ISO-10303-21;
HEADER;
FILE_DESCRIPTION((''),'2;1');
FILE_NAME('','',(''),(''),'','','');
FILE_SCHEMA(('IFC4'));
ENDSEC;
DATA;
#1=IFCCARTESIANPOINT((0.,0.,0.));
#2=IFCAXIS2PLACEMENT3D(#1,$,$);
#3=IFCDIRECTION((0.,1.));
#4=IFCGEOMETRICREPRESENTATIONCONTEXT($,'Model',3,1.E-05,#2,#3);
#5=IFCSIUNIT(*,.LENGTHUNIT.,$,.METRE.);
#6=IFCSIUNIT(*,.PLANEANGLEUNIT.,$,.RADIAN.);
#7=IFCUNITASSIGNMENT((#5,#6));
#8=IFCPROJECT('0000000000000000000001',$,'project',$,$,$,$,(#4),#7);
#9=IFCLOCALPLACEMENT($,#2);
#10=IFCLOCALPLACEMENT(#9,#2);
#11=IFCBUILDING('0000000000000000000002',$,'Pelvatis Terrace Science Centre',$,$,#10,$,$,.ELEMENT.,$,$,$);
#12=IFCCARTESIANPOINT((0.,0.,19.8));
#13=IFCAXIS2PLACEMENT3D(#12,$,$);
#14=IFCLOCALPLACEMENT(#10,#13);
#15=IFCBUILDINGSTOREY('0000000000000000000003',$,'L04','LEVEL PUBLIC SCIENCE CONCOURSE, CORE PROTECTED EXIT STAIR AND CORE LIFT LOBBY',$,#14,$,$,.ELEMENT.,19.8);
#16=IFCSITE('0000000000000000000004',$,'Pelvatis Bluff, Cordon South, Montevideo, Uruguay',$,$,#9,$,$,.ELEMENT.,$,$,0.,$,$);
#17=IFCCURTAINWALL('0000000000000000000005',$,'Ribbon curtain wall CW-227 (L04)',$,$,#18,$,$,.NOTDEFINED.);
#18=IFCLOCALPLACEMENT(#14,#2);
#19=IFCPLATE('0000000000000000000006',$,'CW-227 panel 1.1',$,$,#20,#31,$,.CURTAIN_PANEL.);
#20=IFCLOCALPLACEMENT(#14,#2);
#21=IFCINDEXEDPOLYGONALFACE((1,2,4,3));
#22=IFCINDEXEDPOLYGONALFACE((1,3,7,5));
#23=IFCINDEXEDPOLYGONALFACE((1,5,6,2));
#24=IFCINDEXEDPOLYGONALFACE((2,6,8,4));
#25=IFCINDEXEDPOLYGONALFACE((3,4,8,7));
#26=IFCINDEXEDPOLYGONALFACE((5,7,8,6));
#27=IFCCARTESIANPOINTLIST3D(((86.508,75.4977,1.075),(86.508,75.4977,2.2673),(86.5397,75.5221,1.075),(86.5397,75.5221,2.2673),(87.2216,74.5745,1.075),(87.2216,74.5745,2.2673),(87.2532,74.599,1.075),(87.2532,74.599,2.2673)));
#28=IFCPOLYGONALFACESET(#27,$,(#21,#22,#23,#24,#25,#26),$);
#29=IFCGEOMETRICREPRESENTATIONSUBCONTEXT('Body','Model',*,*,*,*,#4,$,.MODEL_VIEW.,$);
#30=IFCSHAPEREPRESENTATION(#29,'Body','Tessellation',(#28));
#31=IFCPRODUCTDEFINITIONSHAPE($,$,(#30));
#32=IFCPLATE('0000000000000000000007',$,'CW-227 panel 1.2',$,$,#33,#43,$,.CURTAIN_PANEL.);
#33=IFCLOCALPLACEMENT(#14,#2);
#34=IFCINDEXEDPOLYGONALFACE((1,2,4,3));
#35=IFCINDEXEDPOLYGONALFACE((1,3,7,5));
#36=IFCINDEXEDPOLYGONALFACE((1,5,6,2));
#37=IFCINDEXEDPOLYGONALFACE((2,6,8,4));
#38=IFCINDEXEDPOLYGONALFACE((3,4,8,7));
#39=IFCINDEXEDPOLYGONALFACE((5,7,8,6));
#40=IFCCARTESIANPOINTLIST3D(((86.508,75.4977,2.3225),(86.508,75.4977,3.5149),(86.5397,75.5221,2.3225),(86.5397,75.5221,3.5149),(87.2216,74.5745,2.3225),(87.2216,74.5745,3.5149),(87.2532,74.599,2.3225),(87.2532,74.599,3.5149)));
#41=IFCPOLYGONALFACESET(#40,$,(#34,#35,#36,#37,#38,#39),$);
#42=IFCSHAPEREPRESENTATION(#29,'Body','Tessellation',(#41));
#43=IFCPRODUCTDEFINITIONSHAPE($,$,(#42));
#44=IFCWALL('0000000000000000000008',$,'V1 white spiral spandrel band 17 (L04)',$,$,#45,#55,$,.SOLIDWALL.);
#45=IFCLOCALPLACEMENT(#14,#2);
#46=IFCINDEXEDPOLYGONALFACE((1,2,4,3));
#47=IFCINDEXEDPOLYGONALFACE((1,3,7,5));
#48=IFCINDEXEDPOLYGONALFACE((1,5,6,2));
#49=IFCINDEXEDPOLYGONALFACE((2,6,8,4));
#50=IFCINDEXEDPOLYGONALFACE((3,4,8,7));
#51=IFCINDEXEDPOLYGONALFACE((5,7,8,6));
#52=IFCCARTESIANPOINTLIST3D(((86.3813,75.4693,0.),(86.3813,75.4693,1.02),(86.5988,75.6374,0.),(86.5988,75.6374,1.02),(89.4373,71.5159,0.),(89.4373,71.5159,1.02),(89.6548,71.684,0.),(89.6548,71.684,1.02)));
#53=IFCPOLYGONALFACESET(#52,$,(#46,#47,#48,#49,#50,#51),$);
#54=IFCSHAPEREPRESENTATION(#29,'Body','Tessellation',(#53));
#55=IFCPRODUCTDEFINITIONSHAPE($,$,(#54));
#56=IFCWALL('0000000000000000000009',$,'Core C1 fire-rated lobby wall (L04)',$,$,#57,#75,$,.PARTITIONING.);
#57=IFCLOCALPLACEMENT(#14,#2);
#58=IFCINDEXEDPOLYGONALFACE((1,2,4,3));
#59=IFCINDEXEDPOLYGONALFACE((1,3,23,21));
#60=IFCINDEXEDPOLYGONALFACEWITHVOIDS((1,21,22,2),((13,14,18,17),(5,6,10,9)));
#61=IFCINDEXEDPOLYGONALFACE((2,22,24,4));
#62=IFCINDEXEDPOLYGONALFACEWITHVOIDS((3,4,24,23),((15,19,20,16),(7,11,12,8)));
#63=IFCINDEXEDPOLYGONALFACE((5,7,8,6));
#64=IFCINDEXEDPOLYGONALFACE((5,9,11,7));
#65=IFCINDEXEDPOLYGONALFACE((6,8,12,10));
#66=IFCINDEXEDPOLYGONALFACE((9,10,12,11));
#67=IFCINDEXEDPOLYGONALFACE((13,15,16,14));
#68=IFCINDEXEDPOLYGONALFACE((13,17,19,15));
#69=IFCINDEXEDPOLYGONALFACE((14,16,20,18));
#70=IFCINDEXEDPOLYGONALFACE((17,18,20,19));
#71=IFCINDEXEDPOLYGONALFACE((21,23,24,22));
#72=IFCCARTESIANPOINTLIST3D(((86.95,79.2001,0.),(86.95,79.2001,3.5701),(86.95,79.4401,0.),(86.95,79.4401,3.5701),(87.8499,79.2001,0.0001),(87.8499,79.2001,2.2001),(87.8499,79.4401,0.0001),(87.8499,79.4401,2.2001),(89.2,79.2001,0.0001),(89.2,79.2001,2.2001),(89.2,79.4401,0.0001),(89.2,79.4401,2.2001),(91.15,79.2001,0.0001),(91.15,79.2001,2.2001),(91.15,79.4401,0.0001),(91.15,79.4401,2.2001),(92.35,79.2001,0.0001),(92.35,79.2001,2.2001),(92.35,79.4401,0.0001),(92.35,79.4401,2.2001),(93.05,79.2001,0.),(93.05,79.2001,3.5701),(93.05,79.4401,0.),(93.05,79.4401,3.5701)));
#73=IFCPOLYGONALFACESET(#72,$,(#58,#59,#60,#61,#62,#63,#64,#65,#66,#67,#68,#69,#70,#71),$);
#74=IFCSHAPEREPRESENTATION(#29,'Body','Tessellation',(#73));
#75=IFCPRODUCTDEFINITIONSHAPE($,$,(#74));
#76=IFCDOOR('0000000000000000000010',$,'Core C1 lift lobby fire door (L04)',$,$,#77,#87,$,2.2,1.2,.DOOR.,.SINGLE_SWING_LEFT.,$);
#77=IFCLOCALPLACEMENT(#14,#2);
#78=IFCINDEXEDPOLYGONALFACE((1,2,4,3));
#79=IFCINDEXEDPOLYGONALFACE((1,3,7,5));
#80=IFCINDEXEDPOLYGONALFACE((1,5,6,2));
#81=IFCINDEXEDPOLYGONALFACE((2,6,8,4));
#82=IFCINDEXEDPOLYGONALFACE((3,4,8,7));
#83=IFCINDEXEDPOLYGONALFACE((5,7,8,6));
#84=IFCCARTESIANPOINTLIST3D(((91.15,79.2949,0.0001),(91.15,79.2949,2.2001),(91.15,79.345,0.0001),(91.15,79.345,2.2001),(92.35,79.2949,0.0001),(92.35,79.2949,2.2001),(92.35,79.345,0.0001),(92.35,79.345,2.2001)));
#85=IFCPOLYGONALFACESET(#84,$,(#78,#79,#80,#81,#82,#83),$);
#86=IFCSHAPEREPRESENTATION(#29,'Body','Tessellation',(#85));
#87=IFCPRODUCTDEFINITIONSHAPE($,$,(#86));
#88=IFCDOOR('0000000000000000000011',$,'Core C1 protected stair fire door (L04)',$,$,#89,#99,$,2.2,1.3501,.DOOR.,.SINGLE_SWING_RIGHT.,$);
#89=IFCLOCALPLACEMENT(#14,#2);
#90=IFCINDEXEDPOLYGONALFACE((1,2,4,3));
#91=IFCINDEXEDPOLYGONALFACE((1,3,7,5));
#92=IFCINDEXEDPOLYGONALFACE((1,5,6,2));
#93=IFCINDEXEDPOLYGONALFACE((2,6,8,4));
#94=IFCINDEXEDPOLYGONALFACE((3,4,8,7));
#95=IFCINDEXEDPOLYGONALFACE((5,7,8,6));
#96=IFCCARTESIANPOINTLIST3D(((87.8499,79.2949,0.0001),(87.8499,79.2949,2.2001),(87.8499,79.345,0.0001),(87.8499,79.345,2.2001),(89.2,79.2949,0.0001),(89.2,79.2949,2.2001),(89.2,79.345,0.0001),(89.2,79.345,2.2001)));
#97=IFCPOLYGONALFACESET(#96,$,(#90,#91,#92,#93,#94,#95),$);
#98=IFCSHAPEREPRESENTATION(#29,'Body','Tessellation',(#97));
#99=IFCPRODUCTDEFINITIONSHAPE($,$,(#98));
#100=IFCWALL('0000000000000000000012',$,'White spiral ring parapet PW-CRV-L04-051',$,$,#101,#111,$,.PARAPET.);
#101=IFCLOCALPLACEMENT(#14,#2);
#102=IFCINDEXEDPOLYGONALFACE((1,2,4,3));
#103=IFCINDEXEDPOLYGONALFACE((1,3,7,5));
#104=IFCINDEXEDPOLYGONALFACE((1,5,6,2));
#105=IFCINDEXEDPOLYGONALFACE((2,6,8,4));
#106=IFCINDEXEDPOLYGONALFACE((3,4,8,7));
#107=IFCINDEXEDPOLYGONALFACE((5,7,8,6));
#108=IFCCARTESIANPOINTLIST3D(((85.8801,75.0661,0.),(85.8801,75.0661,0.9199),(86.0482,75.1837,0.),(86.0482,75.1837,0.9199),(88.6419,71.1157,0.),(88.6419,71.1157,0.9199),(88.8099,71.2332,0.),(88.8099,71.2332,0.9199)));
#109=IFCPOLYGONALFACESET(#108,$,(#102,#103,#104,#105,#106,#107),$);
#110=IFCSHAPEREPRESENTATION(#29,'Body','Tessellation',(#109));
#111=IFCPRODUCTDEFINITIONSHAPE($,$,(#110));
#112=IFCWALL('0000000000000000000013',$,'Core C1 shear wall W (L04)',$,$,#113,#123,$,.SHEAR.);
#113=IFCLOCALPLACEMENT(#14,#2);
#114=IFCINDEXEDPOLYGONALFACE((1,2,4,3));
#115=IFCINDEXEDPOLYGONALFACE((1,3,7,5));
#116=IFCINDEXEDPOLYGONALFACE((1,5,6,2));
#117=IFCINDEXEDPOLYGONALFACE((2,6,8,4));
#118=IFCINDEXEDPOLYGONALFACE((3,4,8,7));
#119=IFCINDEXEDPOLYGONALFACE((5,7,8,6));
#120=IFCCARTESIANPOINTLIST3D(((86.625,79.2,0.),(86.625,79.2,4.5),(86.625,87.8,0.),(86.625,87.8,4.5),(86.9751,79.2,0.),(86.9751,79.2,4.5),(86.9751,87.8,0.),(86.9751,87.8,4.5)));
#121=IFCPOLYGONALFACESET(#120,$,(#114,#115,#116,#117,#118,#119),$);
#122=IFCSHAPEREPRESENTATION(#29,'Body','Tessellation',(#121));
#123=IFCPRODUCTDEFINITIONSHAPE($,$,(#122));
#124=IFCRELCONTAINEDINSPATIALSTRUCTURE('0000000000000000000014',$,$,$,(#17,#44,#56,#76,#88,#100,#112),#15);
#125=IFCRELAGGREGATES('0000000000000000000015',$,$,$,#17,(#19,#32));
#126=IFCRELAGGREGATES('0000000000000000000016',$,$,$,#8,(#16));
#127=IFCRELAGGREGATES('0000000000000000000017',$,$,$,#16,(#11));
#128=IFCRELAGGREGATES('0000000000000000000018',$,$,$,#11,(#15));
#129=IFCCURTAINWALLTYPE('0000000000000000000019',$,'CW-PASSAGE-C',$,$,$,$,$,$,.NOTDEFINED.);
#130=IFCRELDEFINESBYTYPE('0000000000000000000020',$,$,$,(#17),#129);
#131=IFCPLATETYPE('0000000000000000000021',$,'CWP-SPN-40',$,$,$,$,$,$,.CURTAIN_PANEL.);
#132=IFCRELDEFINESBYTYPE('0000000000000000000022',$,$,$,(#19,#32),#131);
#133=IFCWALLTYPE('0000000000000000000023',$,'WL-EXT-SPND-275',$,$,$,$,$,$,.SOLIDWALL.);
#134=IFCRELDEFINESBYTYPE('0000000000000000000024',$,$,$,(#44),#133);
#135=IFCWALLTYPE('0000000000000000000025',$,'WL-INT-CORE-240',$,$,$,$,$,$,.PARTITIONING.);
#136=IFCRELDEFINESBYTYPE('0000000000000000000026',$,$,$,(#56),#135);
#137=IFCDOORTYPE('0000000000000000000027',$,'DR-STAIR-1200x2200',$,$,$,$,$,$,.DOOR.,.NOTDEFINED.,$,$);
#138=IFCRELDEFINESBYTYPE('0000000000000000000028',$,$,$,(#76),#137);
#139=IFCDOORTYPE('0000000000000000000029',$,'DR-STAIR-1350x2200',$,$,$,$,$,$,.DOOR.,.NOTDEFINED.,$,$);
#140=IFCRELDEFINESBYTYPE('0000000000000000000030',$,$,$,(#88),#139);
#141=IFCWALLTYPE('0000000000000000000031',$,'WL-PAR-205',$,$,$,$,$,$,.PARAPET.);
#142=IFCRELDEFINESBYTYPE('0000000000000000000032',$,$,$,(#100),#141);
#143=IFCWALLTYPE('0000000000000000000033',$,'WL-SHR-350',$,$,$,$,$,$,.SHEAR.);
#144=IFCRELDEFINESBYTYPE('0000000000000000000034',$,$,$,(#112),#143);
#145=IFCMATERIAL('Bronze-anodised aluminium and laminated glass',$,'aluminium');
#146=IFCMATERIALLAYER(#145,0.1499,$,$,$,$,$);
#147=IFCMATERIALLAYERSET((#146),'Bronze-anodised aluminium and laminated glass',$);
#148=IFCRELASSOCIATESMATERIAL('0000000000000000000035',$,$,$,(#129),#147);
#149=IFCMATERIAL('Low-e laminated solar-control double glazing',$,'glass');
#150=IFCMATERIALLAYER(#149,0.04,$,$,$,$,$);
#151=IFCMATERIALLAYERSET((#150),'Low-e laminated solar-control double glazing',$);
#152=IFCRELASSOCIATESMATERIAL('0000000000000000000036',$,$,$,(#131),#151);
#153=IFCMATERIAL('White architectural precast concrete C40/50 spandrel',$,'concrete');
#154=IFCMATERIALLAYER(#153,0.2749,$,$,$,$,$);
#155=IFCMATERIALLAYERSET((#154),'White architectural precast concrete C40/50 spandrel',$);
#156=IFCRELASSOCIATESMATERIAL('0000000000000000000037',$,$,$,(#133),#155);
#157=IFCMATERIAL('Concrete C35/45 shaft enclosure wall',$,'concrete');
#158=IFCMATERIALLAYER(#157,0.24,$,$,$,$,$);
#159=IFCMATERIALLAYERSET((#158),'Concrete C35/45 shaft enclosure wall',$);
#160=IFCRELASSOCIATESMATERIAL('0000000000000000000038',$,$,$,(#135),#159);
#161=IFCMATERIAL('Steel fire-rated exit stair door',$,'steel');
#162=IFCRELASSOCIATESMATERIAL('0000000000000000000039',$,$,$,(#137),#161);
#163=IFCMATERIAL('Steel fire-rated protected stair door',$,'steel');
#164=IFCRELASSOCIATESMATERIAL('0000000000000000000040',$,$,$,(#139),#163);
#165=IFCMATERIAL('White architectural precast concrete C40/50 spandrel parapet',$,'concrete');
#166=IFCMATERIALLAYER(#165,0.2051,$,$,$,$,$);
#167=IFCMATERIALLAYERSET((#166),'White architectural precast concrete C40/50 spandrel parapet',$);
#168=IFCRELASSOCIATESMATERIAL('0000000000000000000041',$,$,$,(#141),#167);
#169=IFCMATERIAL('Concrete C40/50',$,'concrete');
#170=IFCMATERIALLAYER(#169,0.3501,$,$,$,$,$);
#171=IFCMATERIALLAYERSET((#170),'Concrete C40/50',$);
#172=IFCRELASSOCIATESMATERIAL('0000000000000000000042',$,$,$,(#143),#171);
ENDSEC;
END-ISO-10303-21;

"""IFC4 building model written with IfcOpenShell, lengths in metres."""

from ifc_helpers import new_model, si_unit, direction, frame, frame_2d, origin, origin_2d, place, context, subcontext, project, spatial, rectangle, extrude, material, layer, layer_set, type_object, element, fill, aggregate, save


model = new_model("IFC4")

# Units and contexts
model_context = context("Model", 3, precision=1e-05, world=origin(), true_north=direction((0.0, 1.0)))
body_context = subcontext(model_context, "Body", "Model", "MODEL_VIEW")
ifc_project = project(units=[si_unit("LENGTHUNIT", "METRE"), si_unit("PLANEANGLEUNIT", "RADIAN")], contexts=[model_context])

# Site, building, storey
site_placement = place(None, origin())
site = spatial("IfcSite", under=ifc_project, at=site_placement, Name="Pelvatis Bluff, Cordon South, Montevideo, Uruguay", CompositionType="ELEMENT", RefElevation=0.0)
building_placement = place(site_placement, origin())
building = spatial("IfcBuilding", under=site, at=building_placement, Name="Pelvatis Terrace Science Centre", CompositionType="ELEMENT")
storey_placement = place(building_placement, frame((0.0, 0.0, 19.8)))
storey = spatial("IfcBuildingStorey", under=building, at=storey_placement, Name="L04", Description="LEVEL PUBLIC SCIENCE CONCOURSE, CORE PROTECTED EXIT STAIR AND CORE LIFT LOBBY", CompositionType="ELEMENT", Elevation=19.8)

# Curtain wall
ifc_material_1 = material(Name="Bronze-anodised aluminium and laminated glass", Category="aluminium")
ifc_layer_1 = layer(ifc_material_1, 0.1499)
ifc_layer_set_1 = layer_set([ifc_layer_1], Name="Bronze-anodised aluminium and laminated glass")
curtain_wall_type = type_object("IfcCurtainWallType", Name="CW-PASSAGE-C", PredefinedType="NOTDEFINED", material=ifc_layer_set_1)
curtain_wall_1_placement = place(storey_placement, origin())
curtain_wall_1 = element("IfcCurtainWall", 1, at=curtain_wall_1_placement, inside=storey, type_object=curtain_wall_type, Name="Ribbon curtain wall CW-227 (L04)", PredefinedType="NOTDEFINED")

# Plates
ifc_material_2 = material(Name="Low-e laminated solar-control double glazing", Category="glass")
ifc_layer_2 = layer(ifc_material_2, 0.04)
ifc_layer_set_2 = layer_set([ifc_layer_2], Name="Low-e laminated solar-control double glazing")
plate_type = type_object("IfcPlateType", Name="CWP-SPN-40", PredefinedType="CURTAIN_PANEL", material=ifc_layer_set_2)
plate_1_placement = place(storey_placement, frame((86.8806, 75.0483, 1.075), z_axis=(0.0, 0.0, 1.0), x_axis=(0.611582, -0.791181, 0.0)))
plate_1 = element("IfcPlate", 2, at=plate_1_placement, type_object=plate_type, Name="CW-227 panel 1.1", PredefinedType="CURTAIN_PANEL", context=body_context, shape_type="SweptSolid", body=[
    extrude(rectangle(XDim=1.1667, YDim=0.04, at=origin_2d()), origin(), (0.0, 0.0, 1.0), 1.1924),
])
plate_2_placement = place(storey_placement, frame((86.8806, 75.0483, 2.3225), z_axis=(0.0, 0.0, 1.0), x_axis=(0.611582, -0.791181, 0.0)))
plate_2 = element("IfcPlate", 3, at=plate_2_placement, type_object=plate_type, Name="CW-227 panel 1.2", PredefinedType="CURTAIN_PANEL", context=body_context, shape_type="SweptSolid", body=[
    extrude(rectangle(XDim=1.1667, YDim=0.04, at=origin_2d()), origin(), (0.0, 0.0, 1.0), 1.1924),
])
aggregate(curtain_wall_1, [plate_1, plate_2])

# Wall
ifc_material_3 = material(Name="White architectural precast concrete C40/50 spandrel", Category="concrete")
ifc_layer_3 = layer(ifc_material_3, 0.2749)
ifc_layer_set_3 = layer_set([ifc_layer_3], Name="White architectural precast concrete C40/50 spandrel")
wall_type_1 = type_object("IfcWallType", Name="WL-EXT-SPND-275", PredefinedType="SOLIDWALL", material=ifc_layer_set_3)
wall_1_placement = place(storey_placement, frame((86.49, 75.5535, 0.0), z_axis=(0.0, 0.0, 1.0), x_axis=(0.611577, -0.791185, 0.0)))
element("IfcWall", 4, at=wall_1_placement, inside=storey, type_object=wall_type_1, Name="V1 white spiral spandrel band 17 (L04)", PredefinedType="SOLIDWALL", context=body_context, shape_type="SweptSolid", body=[
    extrude(rectangle(XDim=4.9968, YDim=0.2749, at=frame_2d((2.4985, 0.0))), origin(), (0.0, 0.0, 1.0), 1.02),
])

# Wall, openings, doors
ifc_material_4 = material(Name="Concrete C35/45 shaft enclosure wall", Category="concrete")
ifc_layer_4 = layer(ifc_material_4, 0.24)
ifc_layer_set_4 = layer_set([ifc_layer_4], Name="Concrete C35/45 shaft enclosure wall")
wall_type_2 = type_object("IfcWallType", Name="WL-INT-CORE-240", PredefinedType="PARTITIONING", material=ifc_layer_set_4)
wall_2_placement = place(storey_placement, frame((86.95, 79.3201, 0.0), z_axis=(0.0, 0.0, 1.0), x_axis=(1.0, 0.0, 0.0)))
wall_2 = element("IfcWall", 5, at=wall_2_placement, inside=storey, type_object=wall_type_2, Name="Core C1 fire-rated lobby wall (L04)", PredefinedType="PARTITIONING", context=body_context, shape_type="SweptSolid", body=[
    extrude(rectangle(XDim=6.1001, YDim=0.24, at=frame_2d((3.05, 0.0))), origin(), (0.0, 0.0, 1.0), 3.5701),
])
opening_1_placement = place(wall_2_placement, frame((0.8999, 0.0, 0.0)))
opening_1 = element("IfcOpeningElement", 6, at=opening_1_placement, cuts=wall_2, PredefinedType="OPENING", context=body_context, shape_type="SweptSolid", body=[
    extrude(rectangle(XDim=1.3501, YDim=2.2, at=frame_2d((0.675, 1.1001))), frame((0.0, 0.1299, 0.0), z_axis=(0.0, -1.0, 0.0), x_axis=(1.0, 0.0, 0.0)), (0.0, 0.0, 1.0), 0.26),
])
opening_2_placement = place(wall_2_placement, frame((4.2, 0.0, 0.0)))
opening_2 = element("IfcOpeningElement", 7, at=opening_2_placement, cuts=wall_2, PredefinedType="OPENING", context=body_context, shape_type="SweptSolid", body=[
    extrude(rectangle(XDim=1.2, YDim=2.2, at=frame_2d((0.6001, 1.1001))), frame((0.0, 0.1299, 0.0), z_axis=(0.0, -1.0, 0.0), x_axis=(1.0, 0.0, 0.0)), (0.0, 0.0, 1.0), 0.26),
])
ifc_material_5 = material(Name="Steel fire-rated exit stair door", Category="steel")
door_type_1 = type_object("IfcDoorType", Name="DR-STAIR-1200x2200", OperationType="NOTDEFINED", PredefinedType="DOOR", material=ifc_material_5)
door_1_placement = place(opening_2_placement, origin())
door_1 = element("IfcDoor", 8, at=door_1_placement, inside=storey, type_object=door_type_1, Name="Core C1 lift lobby fire door (L04)", OperationType="SINGLE_SWING_LEFT", OverallHeight=2.2, OverallWidth=1.2, PredefinedType="DOOR", context=body_context, shape_type="SweptSolid", body=[
    extrude(rectangle(XDim=1.2, YDim=2.2, at=frame_2d((0.6001, 1.1001))), frame((0.0, 0.0249, 0.0), z_axis=(0.0, -1.0, 0.0), x_axis=(1.0, 0.0, 0.0)), (0.0, 0.0, 1.0), 0.05),
])
fill(opening_2, door_1)
ifc_material_6 = material(Name="Steel fire-rated protected stair door", Category="steel")
door_type_2 = type_object("IfcDoorType", Name="DR-STAIR-1350x2200", OperationType="NOTDEFINED", PredefinedType="DOOR", material=ifc_material_6)
door_2_placement = place(opening_1_placement, origin())
door_2 = element("IfcDoor", 9, at=door_2_placement, inside=storey, type_object=door_type_2, Name="Core C1 protected stair fire door (L04)", OperationType="SINGLE_SWING_RIGHT", OverallHeight=2.2, OverallWidth=1.3501, PredefinedType="DOOR", context=body_context, shape_type="SweptSolid", body=[
    extrude(rectangle(XDim=1.3501, YDim=2.2, at=frame_2d((0.675, 1.1001))), frame((0.0, 0.0249, 0.0), z_axis=(0.0, -1.0, 0.0), x_axis=(1.0, 0.0, 0.0)), (0.0, 0.0, 1.0), 0.05),
])
fill(opening_1, door_2)

# Walls
ifc_material_7 = material(Name="White architectural precast concrete C40/50 spandrel parapet", Category="concrete")
ifc_layer_5 = layer(ifc_material_7, 0.2051)
ifc_layer_set_5 = layer_set([ifc_layer_5], Name="White architectural precast concrete C40/50 spandrel parapet")
wall_type_3 = type_object("IfcWallType", Name="WL-PAR-205", PredefinedType="PARAPET", material=ifc_layer_set_5)
wall_3_placement = place(storey_placement, frame((85.9641, 75.125, 0.0), z_axis=(0.0, 0.0, 1.0), x_axis=(0.572963, -0.819582, 0.0)))
element("IfcWall", 10, at=wall_3_placement, inside=storey, type_object=wall_type_3, Name="White spiral ring parapet PW-CRV-L04-051", PredefinedType="PARAPET", context=body_context, shape_type="SweptSolid", body=[
    extrude(rectangle(XDim=4.8201, YDim=0.2051, at=frame_2d((2.4102, 0.0))), origin(), (0.0, 0.0, 1.0), 0.9199),
])
ifc_material_8 = material(Name="Concrete C40/50", Category="concrete")
ifc_layer_6 = layer(ifc_material_8, 0.3501)
ifc_layer_set_6 = layer_set([ifc_layer_6], Name="Concrete C40/50")
wall_type_4 = type_object("IfcWallType", Name="WL-SHR-350", PredefinedType="SHEAR", material=ifc_layer_set_6)
wall_4_placement = place(storey_placement, frame((86.8, 79.2, 0.0), z_axis=(0.0, 0.0, 1.0), x_axis=(0.0, 1.0, 0.0)))
element("IfcWall", 11, at=wall_4_placement, inside=storey, type_object=wall_type_4, Name="Core C1 shear wall W (L04)", PredefinedType="SHEAR", context=body_context, shape_type="SweptSolid", body=[
    extrude(rectangle(XDim=8.6001, YDim=0.3501, at=frame_2d((4.3, 0.0))), origin(), (0.0, 0.0, 1.0), 4.5),
])

save(model, "model.ifc")
